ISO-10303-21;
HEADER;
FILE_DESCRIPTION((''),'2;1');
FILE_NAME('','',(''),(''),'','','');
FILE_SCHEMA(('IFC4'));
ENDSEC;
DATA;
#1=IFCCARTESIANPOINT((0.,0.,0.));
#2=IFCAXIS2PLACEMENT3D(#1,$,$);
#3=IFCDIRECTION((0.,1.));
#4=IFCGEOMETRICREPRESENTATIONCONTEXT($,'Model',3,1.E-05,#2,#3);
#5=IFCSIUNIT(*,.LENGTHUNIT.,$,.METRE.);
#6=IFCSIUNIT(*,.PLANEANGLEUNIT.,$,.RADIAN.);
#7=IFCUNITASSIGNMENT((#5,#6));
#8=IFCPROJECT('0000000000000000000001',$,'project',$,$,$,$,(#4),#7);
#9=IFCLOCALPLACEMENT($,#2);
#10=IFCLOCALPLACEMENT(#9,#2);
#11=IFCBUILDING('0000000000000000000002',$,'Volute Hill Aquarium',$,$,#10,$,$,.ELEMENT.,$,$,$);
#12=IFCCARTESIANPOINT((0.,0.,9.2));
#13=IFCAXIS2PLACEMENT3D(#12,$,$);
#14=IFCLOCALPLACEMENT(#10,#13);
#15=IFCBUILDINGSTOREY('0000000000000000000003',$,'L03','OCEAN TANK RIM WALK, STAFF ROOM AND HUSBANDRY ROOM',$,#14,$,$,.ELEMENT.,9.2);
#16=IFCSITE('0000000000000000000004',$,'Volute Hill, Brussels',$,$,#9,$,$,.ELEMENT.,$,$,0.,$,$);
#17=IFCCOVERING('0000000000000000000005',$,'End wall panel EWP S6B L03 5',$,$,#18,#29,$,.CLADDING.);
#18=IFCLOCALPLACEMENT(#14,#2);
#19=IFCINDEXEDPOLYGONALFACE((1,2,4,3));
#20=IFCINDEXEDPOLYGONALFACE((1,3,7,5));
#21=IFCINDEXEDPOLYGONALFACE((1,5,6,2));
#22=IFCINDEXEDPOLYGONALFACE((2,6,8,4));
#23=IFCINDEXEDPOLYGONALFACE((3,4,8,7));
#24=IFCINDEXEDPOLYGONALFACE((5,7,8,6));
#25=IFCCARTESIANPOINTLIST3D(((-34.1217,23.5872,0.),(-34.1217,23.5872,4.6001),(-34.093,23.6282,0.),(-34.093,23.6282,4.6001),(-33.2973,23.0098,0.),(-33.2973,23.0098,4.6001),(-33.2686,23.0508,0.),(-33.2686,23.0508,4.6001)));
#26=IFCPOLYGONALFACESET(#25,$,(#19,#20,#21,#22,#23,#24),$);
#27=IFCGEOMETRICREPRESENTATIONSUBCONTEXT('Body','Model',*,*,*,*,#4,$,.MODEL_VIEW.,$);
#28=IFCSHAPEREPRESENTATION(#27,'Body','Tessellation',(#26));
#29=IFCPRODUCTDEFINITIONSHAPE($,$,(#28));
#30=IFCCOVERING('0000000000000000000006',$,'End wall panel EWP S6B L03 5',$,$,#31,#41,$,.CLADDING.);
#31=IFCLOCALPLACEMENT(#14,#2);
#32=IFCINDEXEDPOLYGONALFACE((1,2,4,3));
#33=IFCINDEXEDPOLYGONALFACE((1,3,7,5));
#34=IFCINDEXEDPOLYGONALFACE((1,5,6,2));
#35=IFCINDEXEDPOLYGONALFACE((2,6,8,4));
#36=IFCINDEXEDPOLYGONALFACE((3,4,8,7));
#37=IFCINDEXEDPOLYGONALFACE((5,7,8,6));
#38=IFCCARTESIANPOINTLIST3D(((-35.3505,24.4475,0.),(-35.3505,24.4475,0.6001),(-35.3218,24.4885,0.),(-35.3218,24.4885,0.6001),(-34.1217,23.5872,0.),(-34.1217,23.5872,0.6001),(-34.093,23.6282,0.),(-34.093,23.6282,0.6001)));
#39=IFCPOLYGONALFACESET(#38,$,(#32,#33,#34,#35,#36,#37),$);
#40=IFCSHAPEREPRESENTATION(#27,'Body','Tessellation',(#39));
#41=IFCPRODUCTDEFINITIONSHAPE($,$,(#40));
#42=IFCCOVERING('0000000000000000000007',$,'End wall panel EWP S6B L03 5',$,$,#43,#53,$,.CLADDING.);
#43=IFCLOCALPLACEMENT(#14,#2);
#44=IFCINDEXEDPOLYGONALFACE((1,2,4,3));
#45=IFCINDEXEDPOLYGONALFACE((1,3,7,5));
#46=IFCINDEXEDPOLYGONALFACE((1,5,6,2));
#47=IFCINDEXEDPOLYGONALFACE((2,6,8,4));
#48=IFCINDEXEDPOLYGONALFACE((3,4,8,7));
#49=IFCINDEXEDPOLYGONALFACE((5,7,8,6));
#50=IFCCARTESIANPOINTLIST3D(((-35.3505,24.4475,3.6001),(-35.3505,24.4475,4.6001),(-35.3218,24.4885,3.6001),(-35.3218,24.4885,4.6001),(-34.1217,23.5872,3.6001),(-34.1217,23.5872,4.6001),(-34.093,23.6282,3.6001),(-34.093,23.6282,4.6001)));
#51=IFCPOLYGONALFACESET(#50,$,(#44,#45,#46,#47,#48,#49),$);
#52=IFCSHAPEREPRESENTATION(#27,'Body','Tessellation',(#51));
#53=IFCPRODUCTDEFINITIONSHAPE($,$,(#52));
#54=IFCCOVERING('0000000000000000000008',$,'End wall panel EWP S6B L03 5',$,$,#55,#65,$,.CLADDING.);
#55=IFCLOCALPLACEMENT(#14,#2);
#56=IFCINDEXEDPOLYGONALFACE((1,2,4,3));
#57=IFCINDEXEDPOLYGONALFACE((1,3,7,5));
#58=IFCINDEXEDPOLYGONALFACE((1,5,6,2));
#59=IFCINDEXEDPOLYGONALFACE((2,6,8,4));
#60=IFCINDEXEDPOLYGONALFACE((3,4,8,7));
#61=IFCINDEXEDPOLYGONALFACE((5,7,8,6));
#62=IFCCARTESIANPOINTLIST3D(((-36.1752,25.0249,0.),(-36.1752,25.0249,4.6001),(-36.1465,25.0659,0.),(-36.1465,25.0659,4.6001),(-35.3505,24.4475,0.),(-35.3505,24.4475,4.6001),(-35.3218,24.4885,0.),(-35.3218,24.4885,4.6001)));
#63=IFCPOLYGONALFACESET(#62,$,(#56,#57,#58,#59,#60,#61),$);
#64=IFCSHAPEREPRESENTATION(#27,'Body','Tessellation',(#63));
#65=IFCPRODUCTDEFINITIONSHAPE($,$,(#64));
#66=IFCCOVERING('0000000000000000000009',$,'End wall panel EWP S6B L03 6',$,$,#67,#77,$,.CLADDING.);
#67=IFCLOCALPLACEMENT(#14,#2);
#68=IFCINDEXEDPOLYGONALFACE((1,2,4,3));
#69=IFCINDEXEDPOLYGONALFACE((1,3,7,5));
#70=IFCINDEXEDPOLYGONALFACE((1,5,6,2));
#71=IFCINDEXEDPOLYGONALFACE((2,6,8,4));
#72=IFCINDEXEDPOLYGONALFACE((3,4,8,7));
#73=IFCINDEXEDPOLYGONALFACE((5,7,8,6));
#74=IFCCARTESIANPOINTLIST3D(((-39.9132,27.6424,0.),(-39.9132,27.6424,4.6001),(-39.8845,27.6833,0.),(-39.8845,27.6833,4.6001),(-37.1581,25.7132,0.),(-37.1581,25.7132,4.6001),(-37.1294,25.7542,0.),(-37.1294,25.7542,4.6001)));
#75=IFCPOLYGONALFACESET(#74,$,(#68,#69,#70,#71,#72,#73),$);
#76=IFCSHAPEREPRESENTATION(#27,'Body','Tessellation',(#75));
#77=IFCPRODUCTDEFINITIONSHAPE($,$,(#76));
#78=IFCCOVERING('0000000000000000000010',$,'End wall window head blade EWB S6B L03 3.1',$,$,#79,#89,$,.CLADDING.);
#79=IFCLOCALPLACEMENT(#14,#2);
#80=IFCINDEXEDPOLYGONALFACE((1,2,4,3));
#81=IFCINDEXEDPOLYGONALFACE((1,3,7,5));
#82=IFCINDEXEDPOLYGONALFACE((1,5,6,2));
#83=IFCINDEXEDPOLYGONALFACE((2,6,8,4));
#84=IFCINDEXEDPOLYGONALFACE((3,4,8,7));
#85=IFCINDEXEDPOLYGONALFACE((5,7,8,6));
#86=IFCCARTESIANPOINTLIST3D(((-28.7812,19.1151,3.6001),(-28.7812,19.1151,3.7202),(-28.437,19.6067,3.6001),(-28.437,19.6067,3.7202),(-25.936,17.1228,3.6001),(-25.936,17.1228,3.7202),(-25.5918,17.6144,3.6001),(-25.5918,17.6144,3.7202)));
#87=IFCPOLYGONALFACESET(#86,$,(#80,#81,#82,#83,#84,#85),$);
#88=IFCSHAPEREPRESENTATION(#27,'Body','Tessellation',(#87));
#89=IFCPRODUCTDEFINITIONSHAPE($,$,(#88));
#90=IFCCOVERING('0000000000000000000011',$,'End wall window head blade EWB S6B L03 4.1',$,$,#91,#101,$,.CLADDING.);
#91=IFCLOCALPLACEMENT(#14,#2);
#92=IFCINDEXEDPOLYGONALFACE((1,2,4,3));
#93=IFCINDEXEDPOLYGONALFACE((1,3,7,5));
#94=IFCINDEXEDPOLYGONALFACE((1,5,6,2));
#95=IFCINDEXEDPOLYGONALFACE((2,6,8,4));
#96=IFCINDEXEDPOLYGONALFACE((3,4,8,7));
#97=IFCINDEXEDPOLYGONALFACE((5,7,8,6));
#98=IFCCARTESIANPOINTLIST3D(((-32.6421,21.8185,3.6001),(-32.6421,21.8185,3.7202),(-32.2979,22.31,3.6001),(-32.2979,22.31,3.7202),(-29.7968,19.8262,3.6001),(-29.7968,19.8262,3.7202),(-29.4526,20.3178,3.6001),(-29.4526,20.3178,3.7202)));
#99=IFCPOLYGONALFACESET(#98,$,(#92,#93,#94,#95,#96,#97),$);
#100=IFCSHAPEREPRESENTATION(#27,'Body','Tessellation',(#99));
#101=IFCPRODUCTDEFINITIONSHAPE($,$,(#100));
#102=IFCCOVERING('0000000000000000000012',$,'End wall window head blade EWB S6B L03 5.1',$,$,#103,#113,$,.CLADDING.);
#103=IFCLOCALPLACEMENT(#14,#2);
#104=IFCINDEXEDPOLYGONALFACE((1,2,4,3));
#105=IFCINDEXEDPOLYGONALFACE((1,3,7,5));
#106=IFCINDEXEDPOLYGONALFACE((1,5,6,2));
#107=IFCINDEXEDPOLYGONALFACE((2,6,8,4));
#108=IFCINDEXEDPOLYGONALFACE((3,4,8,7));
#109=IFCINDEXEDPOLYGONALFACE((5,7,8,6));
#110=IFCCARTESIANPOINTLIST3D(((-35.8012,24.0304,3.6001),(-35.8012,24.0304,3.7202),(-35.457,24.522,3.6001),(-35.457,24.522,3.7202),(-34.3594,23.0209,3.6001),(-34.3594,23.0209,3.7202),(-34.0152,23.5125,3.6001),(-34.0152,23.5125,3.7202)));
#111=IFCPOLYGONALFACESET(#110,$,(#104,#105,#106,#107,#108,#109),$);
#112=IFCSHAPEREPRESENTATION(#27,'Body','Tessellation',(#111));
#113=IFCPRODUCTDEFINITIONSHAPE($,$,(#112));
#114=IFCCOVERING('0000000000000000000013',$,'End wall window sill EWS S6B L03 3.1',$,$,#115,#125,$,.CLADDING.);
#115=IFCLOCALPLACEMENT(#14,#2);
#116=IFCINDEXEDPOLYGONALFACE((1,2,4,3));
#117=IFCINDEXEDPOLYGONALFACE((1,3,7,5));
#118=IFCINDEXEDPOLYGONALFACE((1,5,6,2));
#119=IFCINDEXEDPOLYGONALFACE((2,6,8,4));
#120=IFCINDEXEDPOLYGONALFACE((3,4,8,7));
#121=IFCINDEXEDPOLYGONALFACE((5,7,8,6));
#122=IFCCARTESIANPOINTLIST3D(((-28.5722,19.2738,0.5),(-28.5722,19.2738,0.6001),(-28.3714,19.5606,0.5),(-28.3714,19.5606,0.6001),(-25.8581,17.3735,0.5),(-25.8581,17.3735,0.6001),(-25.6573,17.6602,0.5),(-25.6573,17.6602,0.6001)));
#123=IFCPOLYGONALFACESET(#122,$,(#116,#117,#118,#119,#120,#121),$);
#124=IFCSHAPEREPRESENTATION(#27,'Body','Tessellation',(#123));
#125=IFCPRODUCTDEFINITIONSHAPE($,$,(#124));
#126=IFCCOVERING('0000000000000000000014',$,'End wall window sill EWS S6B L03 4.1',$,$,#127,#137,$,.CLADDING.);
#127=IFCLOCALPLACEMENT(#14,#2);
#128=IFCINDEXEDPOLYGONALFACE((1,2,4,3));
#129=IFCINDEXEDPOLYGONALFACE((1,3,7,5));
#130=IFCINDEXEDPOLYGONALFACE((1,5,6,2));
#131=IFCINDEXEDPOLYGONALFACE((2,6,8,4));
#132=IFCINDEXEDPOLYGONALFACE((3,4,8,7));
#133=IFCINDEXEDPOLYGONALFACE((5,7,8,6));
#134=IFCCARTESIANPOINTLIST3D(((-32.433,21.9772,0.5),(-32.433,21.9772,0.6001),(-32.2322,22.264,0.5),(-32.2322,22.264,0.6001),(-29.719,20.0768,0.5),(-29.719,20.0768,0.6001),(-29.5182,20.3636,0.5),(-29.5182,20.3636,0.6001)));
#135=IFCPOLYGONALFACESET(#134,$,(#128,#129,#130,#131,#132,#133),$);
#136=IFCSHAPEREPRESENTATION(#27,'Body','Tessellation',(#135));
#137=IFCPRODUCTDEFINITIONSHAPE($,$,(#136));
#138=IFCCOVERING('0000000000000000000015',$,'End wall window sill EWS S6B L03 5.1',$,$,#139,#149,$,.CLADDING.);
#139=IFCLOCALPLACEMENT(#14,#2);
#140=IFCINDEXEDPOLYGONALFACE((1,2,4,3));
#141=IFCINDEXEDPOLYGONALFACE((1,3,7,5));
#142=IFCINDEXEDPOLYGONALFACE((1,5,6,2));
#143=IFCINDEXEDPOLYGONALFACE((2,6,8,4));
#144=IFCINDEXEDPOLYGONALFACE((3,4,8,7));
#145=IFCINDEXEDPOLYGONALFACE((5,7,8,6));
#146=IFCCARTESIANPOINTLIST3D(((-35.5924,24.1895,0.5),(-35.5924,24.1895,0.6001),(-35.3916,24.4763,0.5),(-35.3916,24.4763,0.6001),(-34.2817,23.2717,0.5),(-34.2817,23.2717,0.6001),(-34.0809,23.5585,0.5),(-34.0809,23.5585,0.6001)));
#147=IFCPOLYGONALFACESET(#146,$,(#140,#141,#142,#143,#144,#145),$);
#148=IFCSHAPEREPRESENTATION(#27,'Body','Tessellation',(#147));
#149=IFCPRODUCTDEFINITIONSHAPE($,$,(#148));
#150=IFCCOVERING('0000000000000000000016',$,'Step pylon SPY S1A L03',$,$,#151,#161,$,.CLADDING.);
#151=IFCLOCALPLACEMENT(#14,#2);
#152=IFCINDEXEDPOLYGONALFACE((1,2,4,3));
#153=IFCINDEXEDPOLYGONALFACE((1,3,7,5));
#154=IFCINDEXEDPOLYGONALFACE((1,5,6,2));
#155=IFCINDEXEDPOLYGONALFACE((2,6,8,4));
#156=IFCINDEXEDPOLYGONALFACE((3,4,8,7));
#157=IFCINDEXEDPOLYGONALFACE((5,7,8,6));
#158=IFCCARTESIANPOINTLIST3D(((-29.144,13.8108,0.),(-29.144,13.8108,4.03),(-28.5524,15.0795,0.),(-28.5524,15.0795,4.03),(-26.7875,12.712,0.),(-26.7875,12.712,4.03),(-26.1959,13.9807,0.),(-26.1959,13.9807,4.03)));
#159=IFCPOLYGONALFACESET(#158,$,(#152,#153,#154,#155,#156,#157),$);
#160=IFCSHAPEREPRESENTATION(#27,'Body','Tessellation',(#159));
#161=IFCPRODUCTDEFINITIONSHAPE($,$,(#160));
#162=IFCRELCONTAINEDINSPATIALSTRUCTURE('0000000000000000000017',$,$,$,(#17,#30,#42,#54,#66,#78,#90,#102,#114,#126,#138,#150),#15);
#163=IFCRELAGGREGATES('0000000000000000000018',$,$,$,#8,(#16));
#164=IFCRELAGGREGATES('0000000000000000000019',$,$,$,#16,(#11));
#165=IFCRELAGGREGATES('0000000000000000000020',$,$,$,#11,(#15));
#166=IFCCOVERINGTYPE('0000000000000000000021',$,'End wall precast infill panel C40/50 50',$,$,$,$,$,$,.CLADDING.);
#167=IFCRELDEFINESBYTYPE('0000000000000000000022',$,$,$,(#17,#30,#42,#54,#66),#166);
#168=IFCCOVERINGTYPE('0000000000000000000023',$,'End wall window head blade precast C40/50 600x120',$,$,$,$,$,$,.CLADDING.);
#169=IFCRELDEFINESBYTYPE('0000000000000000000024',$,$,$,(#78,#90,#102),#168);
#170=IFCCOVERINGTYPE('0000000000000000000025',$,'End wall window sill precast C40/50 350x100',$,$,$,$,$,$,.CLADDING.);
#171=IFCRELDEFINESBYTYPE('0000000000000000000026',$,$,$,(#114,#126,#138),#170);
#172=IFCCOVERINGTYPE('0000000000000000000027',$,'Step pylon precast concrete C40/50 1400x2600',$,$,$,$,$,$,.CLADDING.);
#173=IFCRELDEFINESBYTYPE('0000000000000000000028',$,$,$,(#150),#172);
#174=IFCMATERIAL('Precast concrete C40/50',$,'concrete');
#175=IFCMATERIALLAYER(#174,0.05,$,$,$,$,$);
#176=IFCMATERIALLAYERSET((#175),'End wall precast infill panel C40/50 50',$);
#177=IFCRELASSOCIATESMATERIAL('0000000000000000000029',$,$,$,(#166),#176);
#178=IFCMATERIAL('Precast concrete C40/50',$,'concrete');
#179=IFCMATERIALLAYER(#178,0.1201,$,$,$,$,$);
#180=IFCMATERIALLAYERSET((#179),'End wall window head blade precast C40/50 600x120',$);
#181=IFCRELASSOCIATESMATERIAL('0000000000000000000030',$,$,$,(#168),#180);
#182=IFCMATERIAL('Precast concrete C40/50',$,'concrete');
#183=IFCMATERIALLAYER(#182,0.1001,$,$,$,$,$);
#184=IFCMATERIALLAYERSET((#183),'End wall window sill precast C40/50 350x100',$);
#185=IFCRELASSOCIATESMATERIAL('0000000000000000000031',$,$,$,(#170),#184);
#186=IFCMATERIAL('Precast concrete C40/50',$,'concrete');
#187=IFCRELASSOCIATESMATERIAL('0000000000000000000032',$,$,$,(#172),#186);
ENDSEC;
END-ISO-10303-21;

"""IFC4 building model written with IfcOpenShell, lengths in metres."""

from ifc_helpers import new_model, si_unit, direction, frame, origin, origin_2d, place, context, subcontext, project, spatial, polyline, rectangle, outline, extrude, material, layer, layer_set, type_object, element, save


model = new_model("IFC4")

# Units and contexts
model_context = context("Model", 3, precision=1e-05, world=origin(), true_north=direction((0.0, 1.0)))
body_context = subcontext(model_context, "Body", "Model", "MODEL_VIEW")
ifc_project = project(units=[si_unit("LENGTHUNIT", "METRE"), si_unit("PLANEANGLEUNIT", "RADIAN")], contexts=[model_context])

# Site, building, storey
site_placement = place(None, origin())
site = spatial("IfcSite", under=ifc_project, at=site_placement, Name="Volute Hill, Brussels", CompositionType="ELEMENT", RefElevation=0.0)
building_placement = place(site_placement, origin())
building = spatial("IfcBuilding", under=site, at=building_placement, Name="Volute Hill Aquarium", CompositionType="ELEMENT")
storey_placement = place(building_placement, frame((0.0, 0.0, 9.2)))
storey = spatial("IfcBuildingStorey", under=building, at=storey_placement, Name="L03", Description="OCEAN TANK RIM WALK, STAFF ROOM AND HUSBANDRY ROOM", CompositionType="ELEMENT", Elevation=9.2)

# Coverings
ifc_material_1 = material(Name="Precast concrete C40/50", Category="concrete")
ifc_layer_1 = layer(ifc_material_1, 0.05)
ifc_layer_set_1 = layer_set([ifc_layer_1], Name="End wall precast infill panel C40/50 50")
covering_type_1 = type_object("IfcCoveringType", Name="End wall precast infill panel C40/50 50", PredefinedType="CLADDING", material=ifc_layer_set_1)
covering_1_placement = place(storey_placement, frame((-33.2686, 23.0508, 0.0), z_axis=(0.573641, 0.819107, 0.0), x_axis=(-0.819107, 0.573641, 0.0)))
element("IfcCovering", 1, at=covering_1_placement, inside=storey, type_object=covering_type_1, Name="End wall panel EWP S6B L03 5", PredefinedType="CLADDING", context=body_context, shape_type="SweptSolid", body=[
    extrude(outline(polyline([(0.0, 0.0), (1.0065, 0.0), (1.0065, 4.6001), (0.0, 4.6001), (0.0, 0.0)])), origin(), (0.0, 0.0, -1.0), 0.05),
])
covering_2_placement = place(storey_placement, frame((-34.093, 23.6282, 0.0), z_axis=(0.573561, 0.819163, 0.0), x_axis=(-0.819163, 0.573561, 0.0)))
element("IfcCovering", 2, at=covering_2_placement, inside=storey, type_object=covering_type_1, Name="End wall panel EWP S6B L03 5", PredefinedType="CLADDING", context=body_context, shape_type="SweptSolid", body=[
    extrude(outline(polyline([(0.0, 0.0), (1.5, 0.0), (1.5, 0.6001), (0.0, 0.6001), (0.0, 0.0)])), origin(), (0.0, 0.0, -1.0), 0.05),
])
covering_3_placement = place(storey_placement, frame((-34.093, 23.6282, 3.6001), z_axis=(0.573561, 0.819163, 0.0), x_axis=(-0.819163, 0.573561, 0.0)))
element("IfcCovering", 3, at=covering_3_placement, inside=storey, type_object=covering_type_1, Name="End wall panel EWP S6B L03 5", PredefinedType="CLADDING", context=body_context, shape_type="SweptSolid", body=[
    extrude(outline(polyline([(0.0, 0.0), (1.5, 0.0), (1.5, 1.0), (0.0, 1.0), (0.0, 0.0)])), origin(), (0.0, 0.0, -1.0), 0.05),
])
covering_4_placement = place(storey_placement, frame((-35.3218, 24.4885, 0.0), z_axis=(0.573527, 0.819186, 0.0), x_axis=(-0.819186, 0.573527, 0.0)))
element("IfcCovering", 4, at=covering_4_placement, inside=storey, type_object=covering_type_1, Name="End wall panel EWP S6B L03 5", PredefinedType="CLADDING", context=body_context, shape_type="SweptSolid", body=[
    extrude(outline(polyline([(0.0, 0.0), (1.0067, 0.0), (1.0067, 4.6001), (0.0, 4.6001), (0.0, 0.0)])), origin(), (0.0, 0.0, -1.0), 0.05),
])
covering_5_placement = place(storey_placement, frame((-37.1294, 25.7542, 0.0), z_axis=(0.573584, 0.819147, 0.0), x_axis=(-0.819147, 0.573584, 0.0)))
element("IfcCovering", 5, at=covering_5_placement, inside=storey, type_object=covering_type_1, Name="End wall panel EWP S6B L03 6", PredefinedType="CLADDING", context=body_context, shape_type="SweptSolid", body=[
    extrude(outline(polyline([(0.0, 0.0), (3.3634, 0.0), (3.3634, 4.6001), (0.0, 4.6001), (0.0, 0.0)])), origin(), (0.0, 0.0, -1.0), 0.05),
])
ifc_material_2 = material(Name="Precast concrete C40/50", Category="concrete")
ifc_layer_2 = layer(ifc_material_2, 0.1201)
ifc_layer_set_2 = layer_set([ifc_layer_2], Name="End wall window head blade precast C40/50 600x120")
covering_type_2 = type_object("IfcCoveringType", Name="End wall window head blade precast C40/50 600x120", PredefinedType="CLADDING", material=ifc_layer_set_2)
for number, where, z_axis, x_axis, name in (
    (6, (-27.1865, 18.3647, 3.6001), (0.0, 0.0, 1.0), (-0.819151, 0.573577, 0.0), "End wall window head blade EWB S6B L03 3.1"),
    (7, (-31.0474, 21.0681, 3.6001), (0.0, 0.0, 1.0), (-0.819151, 0.573577, 0.0), "End wall window head blade EWB S6B L03 4.1"),
):
    element("IfcCovering", number, at=place(storey_placement, frame(where, z_axis=z_axis, x_axis=x_axis)), inside=storey, type_object=covering_type_2, Name=name, PredefinedType="CLADDING", context=body_context, shape_type="SweptSolid", body=[
        extrude(rectangle(XDim=3.4734, YDim=0.6001, at=origin_2d()), origin(), (0.0, 0.0, 1.0), 0.1201),
    ])
covering_6_placement = place(storey_placement, frame((-34.9082, 23.7715, 3.6001), z_axis=(0.0, 0.0, 1.0), x_axis=(-0.819151, 0.573577, 0.0)))
element("IfcCovering", 8, at=covering_6_placement, inside=storey, type_object=covering_type_2, Name="End wall window head blade EWB S6B L03 5.1", PredefinedType="CLADDING", context=body_context, shape_type="SweptSolid", body=[
    extrude(rectangle(XDim=1.76, YDim=0.6001, at=origin_2d()), origin(), (0.0, 0.0, 1.0), 0.1201),
])
ifc_material_3 = material(Name="Precast concrete C40/50", Category="concrete")
ifc_layer_3 = layer(ifc_material_3, 0.1001)
ifc_layer_set_3 = layer_set([ifc_layer_3], Name="End wall window sill precast C40/50 350x100")
covering_type_3 = type_object("IfcCoveringType", Name="End wall window sill precast C40/50 350x100", PredefinedType="CLADDING", material=ifc_layer_set_3)
for number, where, z_axis, x_axis, name in (
    (9, (-27.1147, 18.467, 0.5), (0.0, 0.0, 1.0), (-0.819151, 0.573577, 0.0), "End wall window sill EWS S6B L03 3.1"),
    (10, (-30.9756, 21.1704, 0.5), (0.0, 0.0, 1.0), (-0.819151, 0.573577, 0.0), "End wall window sill EWS S6B L03 4.1"),
):
    element("IfcCovering", number, at=place(storey_placement, frame(where, z_axis=z_axis, x_axis=x_axis)), inside=storey, type_object=covering_type_3, Name=name, PredefinedType="CLADDING", context=body_context, shape_type="SweptSolid", body=[
        extrude(rectangle(XDim=3.3132, YDim=0.3501, at=origin_2d()), origin(), (0.0, 0.0, 1.0), 0.1001),
    ])
covering_7_placement = place(storey_placement, frame((-34.8367, 23.874, 0.5), z_axis=(0.0, 0.0, 1.0), x_axis=(-0.819151, 0.573577, 0.0)))
element("IfcCovering", 11, at=covering_7_placement, inside=storey, type_object=covering_type_3, Name="End wall window sill EWS S6B L03 5.1", PredefinedType="CLADDING", context=body_context, shape_type="SweptSolid", body=[
    extrude(rectangle(XDim=1.6001, YDim=0.3501, at=origin_2d()), origin(), (0.0, 0.0, 1.0), 0.1001),
])

# Covering
ifc_material_4 = material(Name="Precast concrete C40/50", Category="concrete")
covering_type_4 = type_object("IfcCoveringType", Name="Step pylon precast concrete C40/50 1400x2600", PredefinedType="CLADDING", material=ifc_material_4)
covering_8_placement = place(storey_placement, frame((-27.6699, 13.8958, 0.0), z_axis=(0.0, 0.0, 1.0), x_axis=(-0.906308, 0.422618, 0.0)))
element("IfcCovering", 12, at=covering_8_placement, inside=storey, type_object=covering_type_4, Name="Step pylon SPY S1A L03", PredefinedType="CLADDING", context=body_context, shape_type="SweptSolid", body=[
    extrude(rectangle(XDim=2.6001, YDim=1.3999, at=origin_2d()), origin(), (0.0, 0.0, 1.0), 4.03),
])

save(model, "model.ifc")
